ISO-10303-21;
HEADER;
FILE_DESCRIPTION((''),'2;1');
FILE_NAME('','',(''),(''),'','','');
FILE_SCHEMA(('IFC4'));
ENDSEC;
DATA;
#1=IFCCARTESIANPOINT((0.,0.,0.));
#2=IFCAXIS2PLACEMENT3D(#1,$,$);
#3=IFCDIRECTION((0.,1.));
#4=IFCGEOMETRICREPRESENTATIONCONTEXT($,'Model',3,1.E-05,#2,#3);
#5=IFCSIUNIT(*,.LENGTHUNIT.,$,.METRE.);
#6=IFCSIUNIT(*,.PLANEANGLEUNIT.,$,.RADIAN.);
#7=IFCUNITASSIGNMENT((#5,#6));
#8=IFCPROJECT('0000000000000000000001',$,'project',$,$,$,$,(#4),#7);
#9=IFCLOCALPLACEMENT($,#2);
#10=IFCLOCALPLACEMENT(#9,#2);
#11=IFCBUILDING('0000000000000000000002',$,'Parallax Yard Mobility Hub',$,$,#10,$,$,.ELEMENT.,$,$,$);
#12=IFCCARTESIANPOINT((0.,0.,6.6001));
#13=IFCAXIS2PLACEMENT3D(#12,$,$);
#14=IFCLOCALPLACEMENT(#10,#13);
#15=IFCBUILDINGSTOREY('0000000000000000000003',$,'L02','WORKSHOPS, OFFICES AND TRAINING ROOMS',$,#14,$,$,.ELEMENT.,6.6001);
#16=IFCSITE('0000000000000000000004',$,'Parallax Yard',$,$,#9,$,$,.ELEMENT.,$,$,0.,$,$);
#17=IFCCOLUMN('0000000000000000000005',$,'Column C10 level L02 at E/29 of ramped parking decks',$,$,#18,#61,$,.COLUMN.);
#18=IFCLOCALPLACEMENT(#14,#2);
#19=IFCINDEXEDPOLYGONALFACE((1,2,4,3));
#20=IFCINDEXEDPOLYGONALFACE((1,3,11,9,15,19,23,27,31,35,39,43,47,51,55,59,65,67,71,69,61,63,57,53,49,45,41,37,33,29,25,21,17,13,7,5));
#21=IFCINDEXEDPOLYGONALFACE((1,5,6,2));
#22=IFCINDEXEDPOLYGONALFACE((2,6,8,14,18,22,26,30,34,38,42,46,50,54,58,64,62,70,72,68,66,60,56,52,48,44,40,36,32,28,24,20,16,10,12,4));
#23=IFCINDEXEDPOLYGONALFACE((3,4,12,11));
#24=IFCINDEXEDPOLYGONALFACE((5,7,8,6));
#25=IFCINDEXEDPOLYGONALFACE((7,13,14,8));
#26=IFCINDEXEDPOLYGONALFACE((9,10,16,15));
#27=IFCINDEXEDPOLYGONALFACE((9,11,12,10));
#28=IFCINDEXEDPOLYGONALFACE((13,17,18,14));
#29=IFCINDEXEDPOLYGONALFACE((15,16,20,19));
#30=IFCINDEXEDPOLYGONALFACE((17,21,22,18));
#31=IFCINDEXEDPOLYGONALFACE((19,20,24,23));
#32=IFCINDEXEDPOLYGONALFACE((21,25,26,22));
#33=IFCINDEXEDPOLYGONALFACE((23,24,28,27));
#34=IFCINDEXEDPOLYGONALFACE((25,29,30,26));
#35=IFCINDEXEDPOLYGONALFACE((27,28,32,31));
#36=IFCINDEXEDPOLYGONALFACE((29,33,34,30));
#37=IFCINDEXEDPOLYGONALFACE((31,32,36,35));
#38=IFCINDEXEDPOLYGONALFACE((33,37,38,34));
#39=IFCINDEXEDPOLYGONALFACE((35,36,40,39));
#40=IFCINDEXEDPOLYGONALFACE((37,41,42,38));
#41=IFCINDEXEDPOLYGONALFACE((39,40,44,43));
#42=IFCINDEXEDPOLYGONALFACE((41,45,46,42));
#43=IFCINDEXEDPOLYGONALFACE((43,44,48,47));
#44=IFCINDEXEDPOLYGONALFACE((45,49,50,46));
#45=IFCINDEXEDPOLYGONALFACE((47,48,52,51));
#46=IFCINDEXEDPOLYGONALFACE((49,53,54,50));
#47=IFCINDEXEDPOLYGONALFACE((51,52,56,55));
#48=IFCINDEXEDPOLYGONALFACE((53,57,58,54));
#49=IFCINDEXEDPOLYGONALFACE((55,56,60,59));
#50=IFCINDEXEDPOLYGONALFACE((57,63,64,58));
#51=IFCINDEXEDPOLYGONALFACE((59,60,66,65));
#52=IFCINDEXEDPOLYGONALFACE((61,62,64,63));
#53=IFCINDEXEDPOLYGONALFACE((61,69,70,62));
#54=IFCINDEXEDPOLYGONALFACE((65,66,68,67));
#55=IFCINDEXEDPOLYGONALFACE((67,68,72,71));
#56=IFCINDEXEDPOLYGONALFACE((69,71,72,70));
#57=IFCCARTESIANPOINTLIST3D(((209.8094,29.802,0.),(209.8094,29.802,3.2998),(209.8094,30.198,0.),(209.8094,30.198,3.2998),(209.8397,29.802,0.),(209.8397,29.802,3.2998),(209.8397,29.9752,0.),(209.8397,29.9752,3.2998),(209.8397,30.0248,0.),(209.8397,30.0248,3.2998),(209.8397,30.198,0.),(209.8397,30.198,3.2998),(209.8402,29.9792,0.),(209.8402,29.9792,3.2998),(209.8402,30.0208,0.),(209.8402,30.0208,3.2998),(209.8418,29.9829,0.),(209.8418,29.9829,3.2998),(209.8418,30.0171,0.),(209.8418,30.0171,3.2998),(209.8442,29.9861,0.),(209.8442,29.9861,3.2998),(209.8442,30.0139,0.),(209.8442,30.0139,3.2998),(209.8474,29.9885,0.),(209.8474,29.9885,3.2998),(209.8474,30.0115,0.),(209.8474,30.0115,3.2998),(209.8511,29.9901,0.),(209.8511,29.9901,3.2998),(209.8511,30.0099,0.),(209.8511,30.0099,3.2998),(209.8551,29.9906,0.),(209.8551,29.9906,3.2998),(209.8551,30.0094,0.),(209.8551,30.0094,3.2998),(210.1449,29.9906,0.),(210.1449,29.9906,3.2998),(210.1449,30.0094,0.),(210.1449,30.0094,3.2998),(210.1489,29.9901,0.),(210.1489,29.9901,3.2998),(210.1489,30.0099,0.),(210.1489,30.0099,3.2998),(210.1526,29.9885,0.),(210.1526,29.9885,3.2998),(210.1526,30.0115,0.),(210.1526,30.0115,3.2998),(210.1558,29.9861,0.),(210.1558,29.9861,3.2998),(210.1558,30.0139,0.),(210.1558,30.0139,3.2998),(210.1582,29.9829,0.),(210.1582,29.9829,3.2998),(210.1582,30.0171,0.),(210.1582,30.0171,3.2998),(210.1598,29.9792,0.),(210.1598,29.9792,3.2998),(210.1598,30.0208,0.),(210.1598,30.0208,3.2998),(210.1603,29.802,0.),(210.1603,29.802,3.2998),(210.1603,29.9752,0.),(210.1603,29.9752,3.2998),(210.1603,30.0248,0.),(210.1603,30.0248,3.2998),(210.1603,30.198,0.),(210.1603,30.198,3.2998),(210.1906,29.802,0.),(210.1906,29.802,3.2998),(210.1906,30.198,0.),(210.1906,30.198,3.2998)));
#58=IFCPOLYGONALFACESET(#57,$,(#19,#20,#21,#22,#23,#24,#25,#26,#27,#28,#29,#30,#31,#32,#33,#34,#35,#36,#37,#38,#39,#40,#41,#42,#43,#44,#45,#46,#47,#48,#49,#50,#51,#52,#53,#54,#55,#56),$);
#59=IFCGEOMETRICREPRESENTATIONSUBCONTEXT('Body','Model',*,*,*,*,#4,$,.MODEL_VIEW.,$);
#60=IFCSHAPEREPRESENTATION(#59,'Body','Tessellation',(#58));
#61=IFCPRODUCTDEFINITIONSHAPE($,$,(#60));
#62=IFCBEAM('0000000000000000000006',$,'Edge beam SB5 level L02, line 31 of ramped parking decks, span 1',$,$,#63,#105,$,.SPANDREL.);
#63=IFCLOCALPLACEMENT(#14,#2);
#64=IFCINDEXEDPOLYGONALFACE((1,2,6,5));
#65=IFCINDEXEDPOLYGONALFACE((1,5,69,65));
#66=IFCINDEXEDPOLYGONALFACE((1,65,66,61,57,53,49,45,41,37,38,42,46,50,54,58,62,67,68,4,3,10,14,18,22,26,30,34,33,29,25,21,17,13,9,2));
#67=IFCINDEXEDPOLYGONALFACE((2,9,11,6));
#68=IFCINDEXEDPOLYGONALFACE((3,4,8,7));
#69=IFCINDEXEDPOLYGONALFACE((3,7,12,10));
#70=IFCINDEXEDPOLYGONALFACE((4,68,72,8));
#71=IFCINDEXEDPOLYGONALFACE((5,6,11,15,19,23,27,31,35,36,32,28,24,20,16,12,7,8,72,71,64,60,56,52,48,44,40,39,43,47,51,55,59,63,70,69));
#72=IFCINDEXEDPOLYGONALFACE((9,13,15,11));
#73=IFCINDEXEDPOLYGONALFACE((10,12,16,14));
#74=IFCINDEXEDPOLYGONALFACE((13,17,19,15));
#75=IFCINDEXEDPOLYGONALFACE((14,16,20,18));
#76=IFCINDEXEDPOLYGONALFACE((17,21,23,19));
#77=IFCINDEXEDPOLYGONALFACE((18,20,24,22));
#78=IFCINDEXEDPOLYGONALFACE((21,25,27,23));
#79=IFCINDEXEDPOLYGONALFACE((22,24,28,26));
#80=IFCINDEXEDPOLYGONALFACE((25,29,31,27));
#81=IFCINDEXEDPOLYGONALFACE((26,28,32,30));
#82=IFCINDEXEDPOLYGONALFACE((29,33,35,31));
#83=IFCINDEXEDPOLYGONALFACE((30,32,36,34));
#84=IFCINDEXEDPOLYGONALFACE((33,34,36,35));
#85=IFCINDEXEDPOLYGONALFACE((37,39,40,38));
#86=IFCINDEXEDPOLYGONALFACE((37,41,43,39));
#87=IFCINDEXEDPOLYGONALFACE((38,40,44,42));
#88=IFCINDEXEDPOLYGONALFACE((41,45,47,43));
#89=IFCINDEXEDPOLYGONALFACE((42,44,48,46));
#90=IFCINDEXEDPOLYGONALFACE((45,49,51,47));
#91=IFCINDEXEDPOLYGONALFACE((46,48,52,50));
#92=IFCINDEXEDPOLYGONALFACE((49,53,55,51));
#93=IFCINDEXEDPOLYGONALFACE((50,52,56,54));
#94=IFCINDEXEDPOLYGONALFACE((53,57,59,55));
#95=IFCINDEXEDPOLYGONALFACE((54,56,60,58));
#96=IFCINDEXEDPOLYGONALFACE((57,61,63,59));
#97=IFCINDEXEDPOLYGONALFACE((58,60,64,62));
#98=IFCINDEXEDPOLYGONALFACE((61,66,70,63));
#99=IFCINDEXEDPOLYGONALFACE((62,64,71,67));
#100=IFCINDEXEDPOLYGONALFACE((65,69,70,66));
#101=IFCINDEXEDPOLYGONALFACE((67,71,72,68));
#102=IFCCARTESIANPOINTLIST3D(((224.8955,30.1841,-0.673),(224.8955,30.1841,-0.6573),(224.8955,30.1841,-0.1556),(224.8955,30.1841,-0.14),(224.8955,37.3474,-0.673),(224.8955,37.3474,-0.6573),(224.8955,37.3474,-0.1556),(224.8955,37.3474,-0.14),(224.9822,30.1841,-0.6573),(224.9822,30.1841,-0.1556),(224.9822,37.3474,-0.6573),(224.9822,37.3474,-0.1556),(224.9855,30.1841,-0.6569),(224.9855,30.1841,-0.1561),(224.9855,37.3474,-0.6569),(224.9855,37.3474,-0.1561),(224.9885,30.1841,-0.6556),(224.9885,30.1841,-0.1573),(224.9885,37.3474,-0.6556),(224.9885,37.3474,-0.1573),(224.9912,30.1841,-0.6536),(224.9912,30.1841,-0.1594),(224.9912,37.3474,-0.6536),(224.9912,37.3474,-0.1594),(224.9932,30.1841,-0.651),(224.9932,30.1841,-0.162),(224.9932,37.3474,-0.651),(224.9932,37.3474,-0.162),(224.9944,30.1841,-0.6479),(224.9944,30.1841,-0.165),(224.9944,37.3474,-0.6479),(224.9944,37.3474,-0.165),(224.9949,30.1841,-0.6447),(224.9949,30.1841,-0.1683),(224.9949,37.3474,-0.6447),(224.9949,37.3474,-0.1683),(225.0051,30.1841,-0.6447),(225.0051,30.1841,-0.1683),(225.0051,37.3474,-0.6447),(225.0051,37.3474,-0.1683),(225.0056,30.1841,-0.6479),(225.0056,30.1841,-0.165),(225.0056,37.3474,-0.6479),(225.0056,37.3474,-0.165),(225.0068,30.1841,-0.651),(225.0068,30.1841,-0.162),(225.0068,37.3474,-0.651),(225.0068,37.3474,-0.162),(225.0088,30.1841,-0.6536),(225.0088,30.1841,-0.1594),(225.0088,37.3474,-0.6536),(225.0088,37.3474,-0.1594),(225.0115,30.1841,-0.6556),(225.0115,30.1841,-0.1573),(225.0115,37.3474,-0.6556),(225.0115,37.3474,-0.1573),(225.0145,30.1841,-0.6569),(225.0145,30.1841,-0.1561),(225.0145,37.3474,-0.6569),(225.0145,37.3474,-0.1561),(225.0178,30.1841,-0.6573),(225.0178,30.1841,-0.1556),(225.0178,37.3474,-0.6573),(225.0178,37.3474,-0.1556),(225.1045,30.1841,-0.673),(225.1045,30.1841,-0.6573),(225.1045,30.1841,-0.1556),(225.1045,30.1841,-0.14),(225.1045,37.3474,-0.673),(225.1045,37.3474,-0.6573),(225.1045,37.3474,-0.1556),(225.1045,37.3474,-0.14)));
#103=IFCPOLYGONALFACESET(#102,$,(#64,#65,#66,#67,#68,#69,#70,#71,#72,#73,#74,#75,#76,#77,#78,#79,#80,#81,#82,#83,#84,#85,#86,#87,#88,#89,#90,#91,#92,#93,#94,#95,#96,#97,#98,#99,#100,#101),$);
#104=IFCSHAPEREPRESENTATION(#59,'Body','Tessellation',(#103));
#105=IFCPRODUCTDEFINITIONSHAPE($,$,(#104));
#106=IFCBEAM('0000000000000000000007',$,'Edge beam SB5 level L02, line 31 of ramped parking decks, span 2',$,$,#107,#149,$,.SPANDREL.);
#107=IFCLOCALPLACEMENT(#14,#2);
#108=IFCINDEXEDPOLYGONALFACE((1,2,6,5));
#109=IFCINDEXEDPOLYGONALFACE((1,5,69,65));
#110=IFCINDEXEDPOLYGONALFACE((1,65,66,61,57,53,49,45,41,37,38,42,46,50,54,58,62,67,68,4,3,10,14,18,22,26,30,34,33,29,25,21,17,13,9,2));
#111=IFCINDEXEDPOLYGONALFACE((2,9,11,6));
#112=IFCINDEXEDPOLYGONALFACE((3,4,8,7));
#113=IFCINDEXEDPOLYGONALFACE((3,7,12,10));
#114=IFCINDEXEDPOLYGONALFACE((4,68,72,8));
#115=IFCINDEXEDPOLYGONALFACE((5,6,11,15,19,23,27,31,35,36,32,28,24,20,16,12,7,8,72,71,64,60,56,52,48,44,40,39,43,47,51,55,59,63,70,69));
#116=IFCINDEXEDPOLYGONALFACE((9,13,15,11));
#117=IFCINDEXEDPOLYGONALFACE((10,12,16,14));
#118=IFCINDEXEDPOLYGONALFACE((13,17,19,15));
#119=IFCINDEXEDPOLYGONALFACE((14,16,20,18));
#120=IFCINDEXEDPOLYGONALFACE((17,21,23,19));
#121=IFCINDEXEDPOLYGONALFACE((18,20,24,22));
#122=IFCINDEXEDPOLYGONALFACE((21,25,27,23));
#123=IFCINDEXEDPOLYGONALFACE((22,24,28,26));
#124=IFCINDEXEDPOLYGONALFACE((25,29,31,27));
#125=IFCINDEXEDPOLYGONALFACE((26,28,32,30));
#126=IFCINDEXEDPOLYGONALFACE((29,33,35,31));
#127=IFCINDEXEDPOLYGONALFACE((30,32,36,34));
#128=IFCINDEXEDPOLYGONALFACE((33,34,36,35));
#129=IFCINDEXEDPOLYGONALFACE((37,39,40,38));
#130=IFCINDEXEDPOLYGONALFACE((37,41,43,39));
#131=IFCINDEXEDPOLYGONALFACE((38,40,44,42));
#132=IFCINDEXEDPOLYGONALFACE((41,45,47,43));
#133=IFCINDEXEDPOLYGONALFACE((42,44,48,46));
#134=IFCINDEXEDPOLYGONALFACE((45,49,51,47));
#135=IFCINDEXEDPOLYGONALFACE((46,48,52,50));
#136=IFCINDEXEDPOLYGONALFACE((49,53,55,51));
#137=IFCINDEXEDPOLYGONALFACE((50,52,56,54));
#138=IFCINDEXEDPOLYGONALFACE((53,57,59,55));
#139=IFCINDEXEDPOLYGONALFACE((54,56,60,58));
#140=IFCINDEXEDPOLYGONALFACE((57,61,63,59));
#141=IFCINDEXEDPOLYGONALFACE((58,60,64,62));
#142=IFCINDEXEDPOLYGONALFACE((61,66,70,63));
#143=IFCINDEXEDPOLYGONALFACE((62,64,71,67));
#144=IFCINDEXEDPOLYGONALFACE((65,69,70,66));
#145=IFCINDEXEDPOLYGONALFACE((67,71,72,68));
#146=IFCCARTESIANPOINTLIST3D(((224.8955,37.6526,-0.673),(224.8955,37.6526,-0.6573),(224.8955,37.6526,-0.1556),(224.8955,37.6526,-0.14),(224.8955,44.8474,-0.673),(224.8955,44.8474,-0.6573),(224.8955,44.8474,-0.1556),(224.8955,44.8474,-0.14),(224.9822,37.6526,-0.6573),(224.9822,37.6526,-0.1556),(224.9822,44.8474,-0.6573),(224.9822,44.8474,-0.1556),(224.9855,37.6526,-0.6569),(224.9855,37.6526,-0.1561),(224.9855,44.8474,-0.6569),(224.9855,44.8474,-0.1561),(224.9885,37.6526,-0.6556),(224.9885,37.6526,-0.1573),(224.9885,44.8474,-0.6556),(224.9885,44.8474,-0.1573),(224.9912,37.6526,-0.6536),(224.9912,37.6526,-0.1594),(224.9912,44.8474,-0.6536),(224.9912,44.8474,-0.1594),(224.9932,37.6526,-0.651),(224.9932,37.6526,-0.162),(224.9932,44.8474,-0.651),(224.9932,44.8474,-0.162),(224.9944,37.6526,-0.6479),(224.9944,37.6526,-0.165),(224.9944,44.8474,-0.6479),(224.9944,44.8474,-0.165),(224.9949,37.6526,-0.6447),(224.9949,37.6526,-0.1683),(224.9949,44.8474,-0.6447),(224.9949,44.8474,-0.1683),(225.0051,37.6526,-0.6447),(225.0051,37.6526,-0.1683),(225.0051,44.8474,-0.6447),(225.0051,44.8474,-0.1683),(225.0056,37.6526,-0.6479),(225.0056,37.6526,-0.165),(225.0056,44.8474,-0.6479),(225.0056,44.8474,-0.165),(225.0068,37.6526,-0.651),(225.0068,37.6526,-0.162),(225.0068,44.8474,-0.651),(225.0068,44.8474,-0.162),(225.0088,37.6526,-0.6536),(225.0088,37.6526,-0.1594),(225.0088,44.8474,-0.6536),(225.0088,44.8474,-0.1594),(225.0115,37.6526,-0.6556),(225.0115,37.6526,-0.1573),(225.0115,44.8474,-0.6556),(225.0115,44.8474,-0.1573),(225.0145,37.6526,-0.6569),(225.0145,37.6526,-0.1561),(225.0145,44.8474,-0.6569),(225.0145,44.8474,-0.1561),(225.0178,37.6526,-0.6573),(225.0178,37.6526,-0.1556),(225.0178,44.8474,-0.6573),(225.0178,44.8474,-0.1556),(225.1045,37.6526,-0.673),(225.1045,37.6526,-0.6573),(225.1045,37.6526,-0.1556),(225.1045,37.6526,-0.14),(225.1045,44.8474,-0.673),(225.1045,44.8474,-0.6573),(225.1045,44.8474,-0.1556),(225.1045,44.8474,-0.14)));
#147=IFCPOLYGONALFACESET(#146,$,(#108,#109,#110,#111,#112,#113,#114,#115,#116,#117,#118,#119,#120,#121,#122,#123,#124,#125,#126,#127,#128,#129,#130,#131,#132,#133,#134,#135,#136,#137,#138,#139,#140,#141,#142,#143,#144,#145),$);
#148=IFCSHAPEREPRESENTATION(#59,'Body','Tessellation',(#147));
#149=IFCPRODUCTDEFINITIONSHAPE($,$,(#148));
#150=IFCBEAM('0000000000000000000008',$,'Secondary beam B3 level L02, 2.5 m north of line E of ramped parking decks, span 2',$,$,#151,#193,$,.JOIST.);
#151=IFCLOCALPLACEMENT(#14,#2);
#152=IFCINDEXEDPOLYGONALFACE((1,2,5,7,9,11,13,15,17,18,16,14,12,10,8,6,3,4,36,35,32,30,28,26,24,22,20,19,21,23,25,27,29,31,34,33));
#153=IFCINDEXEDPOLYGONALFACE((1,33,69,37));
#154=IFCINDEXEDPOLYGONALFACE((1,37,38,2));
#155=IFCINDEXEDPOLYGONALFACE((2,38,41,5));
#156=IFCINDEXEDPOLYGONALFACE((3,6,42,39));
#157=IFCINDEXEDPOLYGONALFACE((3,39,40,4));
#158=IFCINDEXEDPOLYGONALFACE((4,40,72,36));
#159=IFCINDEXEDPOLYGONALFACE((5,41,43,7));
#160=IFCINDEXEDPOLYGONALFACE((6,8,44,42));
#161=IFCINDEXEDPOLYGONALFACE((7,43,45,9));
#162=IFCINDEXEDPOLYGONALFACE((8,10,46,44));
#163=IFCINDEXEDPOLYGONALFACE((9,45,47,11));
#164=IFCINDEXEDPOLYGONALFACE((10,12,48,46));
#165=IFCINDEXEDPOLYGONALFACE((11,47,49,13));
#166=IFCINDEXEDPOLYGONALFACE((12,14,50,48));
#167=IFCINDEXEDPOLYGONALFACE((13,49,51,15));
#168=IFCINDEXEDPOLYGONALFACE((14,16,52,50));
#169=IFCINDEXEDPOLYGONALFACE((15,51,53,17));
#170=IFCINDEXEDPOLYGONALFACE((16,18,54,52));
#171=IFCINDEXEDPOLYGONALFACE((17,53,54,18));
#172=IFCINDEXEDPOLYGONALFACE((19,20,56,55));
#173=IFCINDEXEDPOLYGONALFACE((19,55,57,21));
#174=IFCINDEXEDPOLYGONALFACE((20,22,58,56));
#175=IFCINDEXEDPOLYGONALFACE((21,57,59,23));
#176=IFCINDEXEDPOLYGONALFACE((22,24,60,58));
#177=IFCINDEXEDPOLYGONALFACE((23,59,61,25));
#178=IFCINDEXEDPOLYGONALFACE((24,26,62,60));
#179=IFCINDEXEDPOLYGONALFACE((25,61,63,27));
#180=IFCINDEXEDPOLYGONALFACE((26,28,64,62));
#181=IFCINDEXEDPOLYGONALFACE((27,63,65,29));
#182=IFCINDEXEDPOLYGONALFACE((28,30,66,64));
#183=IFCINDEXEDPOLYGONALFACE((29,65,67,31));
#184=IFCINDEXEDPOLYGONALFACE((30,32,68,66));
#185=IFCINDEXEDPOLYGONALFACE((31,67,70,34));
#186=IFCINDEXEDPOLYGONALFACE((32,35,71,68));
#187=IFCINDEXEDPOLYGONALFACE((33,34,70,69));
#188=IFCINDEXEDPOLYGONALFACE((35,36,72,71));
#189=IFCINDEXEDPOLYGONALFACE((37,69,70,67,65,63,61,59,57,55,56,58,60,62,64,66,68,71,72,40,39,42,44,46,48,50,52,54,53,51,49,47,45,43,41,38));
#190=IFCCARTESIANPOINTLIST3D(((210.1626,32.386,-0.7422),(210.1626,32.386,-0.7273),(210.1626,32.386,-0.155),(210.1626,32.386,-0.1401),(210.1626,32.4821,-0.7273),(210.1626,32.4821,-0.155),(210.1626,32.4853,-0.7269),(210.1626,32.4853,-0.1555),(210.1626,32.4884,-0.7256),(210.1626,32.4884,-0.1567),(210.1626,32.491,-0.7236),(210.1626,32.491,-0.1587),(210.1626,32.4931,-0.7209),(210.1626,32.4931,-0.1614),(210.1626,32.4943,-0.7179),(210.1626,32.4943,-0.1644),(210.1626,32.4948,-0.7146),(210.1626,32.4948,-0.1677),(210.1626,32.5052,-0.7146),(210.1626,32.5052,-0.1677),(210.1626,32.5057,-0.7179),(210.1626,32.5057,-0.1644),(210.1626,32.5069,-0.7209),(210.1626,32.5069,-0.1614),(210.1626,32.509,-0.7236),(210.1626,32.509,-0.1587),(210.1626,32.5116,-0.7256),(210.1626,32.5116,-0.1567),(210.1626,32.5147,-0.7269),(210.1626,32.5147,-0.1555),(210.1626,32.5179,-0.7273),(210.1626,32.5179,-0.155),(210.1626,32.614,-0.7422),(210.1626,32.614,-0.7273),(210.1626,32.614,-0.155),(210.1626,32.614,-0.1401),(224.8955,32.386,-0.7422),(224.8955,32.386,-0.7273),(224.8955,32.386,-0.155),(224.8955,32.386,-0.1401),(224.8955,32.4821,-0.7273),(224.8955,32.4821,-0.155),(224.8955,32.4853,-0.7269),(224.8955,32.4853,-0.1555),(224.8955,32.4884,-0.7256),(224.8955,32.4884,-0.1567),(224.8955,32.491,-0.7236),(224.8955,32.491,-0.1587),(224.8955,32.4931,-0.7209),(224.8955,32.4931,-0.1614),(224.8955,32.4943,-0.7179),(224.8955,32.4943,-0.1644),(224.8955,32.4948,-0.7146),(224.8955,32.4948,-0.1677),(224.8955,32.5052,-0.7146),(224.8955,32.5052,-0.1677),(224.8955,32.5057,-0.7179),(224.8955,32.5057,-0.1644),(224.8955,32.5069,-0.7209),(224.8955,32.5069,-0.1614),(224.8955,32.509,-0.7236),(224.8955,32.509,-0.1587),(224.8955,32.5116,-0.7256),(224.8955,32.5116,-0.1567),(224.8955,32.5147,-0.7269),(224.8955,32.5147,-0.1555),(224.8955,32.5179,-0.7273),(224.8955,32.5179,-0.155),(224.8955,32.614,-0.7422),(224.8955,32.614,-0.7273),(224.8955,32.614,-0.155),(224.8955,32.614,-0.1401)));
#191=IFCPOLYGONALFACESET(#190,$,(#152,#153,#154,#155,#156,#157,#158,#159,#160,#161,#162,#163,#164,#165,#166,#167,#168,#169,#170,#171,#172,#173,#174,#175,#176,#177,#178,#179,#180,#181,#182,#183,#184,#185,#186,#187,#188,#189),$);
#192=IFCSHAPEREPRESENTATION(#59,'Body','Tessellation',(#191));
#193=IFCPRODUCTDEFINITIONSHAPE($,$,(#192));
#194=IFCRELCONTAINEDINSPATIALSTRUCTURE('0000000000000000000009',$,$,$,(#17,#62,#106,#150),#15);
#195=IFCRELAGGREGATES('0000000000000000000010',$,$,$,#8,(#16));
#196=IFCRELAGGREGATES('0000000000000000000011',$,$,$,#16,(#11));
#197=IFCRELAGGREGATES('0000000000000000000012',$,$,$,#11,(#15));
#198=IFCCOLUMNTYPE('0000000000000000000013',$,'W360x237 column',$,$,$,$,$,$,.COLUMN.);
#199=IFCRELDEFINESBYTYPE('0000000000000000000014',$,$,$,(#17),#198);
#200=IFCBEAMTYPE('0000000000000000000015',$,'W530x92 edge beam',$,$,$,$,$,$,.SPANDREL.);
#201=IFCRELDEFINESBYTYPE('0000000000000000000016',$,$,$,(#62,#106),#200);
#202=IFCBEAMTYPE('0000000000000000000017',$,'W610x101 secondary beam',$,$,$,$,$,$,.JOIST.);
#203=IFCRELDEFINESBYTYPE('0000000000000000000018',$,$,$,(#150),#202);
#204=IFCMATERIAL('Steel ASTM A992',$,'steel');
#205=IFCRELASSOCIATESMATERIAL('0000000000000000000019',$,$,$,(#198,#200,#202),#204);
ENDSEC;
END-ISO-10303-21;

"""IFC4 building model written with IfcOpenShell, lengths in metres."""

from ifc_helpers import new_model, si_unit, direction, frame, origin, origin_2d, place, context, subcontext, project, spatial, i_section, extrude, material, material_profile, profile_set, type_object, element, save


model = new_model("IFC4")

# Units and contexts
model_context = context("Model", 3, precision=1e-05, world=origin(), true_north=direction((0.0, 1.0)))
body_context = subcontext(model_context, "Body", "Model", "MODEL_VIEW")
ifc_project = project(units=[si_unit("LENGTHUNIT", "METRE"), si_unit("PLANEANGLEUNIT", "RADIAN")], contexts=[model_context])

# Site, building, storey
site_placement = place(None, origin())
site = spatial("IfcSite", under=ifc_project, at=site_placement, Name="Parallax Yard", CompositionType="ELEMENT", RefElevation=0.0)
building_placement = place(site_placement, origin())
building = spatial("IfcBuilding", under=site, at=building_placement, Name="Parallax Yard Mobility Hub", CompositionType="ELEMENT")
storey_placement = place(building_placement, frame((0.0, 0.0, 6.6001)))
storey = spatial("IfcBuildingStorey", under=building, at=storey_placement, Name="L02", Description="WORKSHOPS, OFFICES AND TRAINING ROOMS", CompositionType="ELEMENT", Elevation=6.6001)

# Column
ifc_material_1 = material(Name="Steel ASTM A992", Category="steel")
ifc_material_profile_1 = material_profile(ifc_material_1, i_section(OverallWidth=0.396, OverallDepth=0.3811, WebThickness=0.0188, FlangeThickness=0.0303, FilletRadius=0.0154, at=origin_2d()), Name="W360x237")
ifc_profile_set_1 = profile_set([ifc_material_profile_1], Name="Steel ASTM A992")
column_type_1 = type_object("IfcColumnType", Name="W360x237 column", PredefinedType="COLUMN", material=ifc_profile_set_1)
column_1_placement = place(storey_placement, frame((210.0, 30.0, 0.0), z_axis=(0.0, 0.0, 1.0), x_axis=(0.0, 1.0, 0.0)))
element("IfcColumn", 1, at=column_1_placement, inside=storey, type_object=column_type_1, Name="Column C10 level L02 at E/29 of ramped parking decks", PredefinedType="COLUMN", context=body_context, shape_type="SweptSolid", body=[
    extrude(i_section(OverallWidth=0.396, OverallDepth=0.3811, WebThickness=0.0188, FlangeThickness=0.0303, FilletRadius=0.0154, at=origin_2d()), origin(), (0.0, 0.0, 1.0), 3.2998),
])

# Beams
ifc_material_profile_2 = material_profile(ifc_material_1, i_section(OverallWidth=0.209, OverallDepth=0.533, WebThickness=0.0103, FlangeThickness=0.0156, FilletRadius=0.0127, at=origin_2d()), Name="W530x92")
ifc_profile_set_2 = profile_set([ifc_material_profile_2], Name="Steel ASTM A992")
beam_type_1 = type_object("IfcBeamType", Name="W530x92 edge beam", PredefinedType="SPANDREL", material=ifc_profile_set_2)
beam_1_placement = place(storey_placement, frame((225.0, 30.1841, -0.4065), z_axis=(0.0, 1.0, 0.0), x_axis=(-1.0, 0.0, 0.0)))
element("IfcBeam", 2, at=beam_1_placement, inside=storey, type_object=beam_type_1, Name="Edge beam SB5 level L02, line 31 of ramped parking decks, span 1", PredefinedType="SPANDREL", context=body_context, shape_type="SweptSolid", body=[
    extrude(i_section(OverallWidth=0.209, OverallDepth=0.533, WebThickness=0.0103, FlangeThickness=0.0156, FilletRadius=0.0127, at=origin_2d()), origin(), (0.0, 0.0, 1.0), 7.1633),
])
beam_2_placement = place(storey_placement, frame((225.0, 37.6526, -0.4065), z_axis=(0.0, 1.0, 0.0), x_axis=(-1.0, 0.0, 0.0)))
element("IfcBeam", 3, at=beam_2_placement, inside=storey, type_object=beam_type_1, Name="Edge beam SB5 level L02, line 31 of ramped parking decks, span 2", PredefinedType="SPANDREL", context=body_context, shape_type="SweptSolid", body=[
    extrude(i_section(OverallWidth=0.209, OverallDepth=0.533, WebThickness=0.0103, FlangeThickness=0.0156, FilletRadius=0.0127, at=origin_2d()), origin(), (0.0, 0.0, 1.0), 7.1948),
])
ifc_material_profile_3 = material_profile(ifc_material_1, i_section(OverallWidth=0.228, OverallDepth=0.6021, WebThickness=0.0105, FlangeThickness=0.0149, FilletRadius=0.0127, at=origin_2d()), Name="W610x101")
ifc_profile_set_3 = profile_set([ifc_material_profile_3], Name="Steel ASTM A992")
beam_type_2 = type_object("IfcBeamType", Name="W610x101 secondary beam", PredefinedType="JOIST", material=ifc_profile_set_3)
for number, where, z_axis, x_axis, name in (
    (4, (210.1626, 32.5, -0.4412), (1.0, 0.0, 0.0), (0.0, 1.0, 0.0), "Secondary beam B3 level L02, 2.5 m north of line E of ramped parking decks, span 2"),
):
    element("IfcBeam", number, at=place(storey_placement, frame(where, z_axis=z_axis, x_axis=x_axis)), inside=storey, type_object=beam_type_2, Name=name, PredefinedType="JOIST", context=body_context, shape_type="SweptSolid", body=[
        extrude(i_section(OverallWidth=0.228, OverallDepth=0.6021, WebThickness=0.0105, FlangeThickness=0.0149, FilletRadius=0.0127, at=origin_2d()), origin(), (0.0, 0.0, 1.0), 14.7329),
    ])

save(model, "model.ifc")
